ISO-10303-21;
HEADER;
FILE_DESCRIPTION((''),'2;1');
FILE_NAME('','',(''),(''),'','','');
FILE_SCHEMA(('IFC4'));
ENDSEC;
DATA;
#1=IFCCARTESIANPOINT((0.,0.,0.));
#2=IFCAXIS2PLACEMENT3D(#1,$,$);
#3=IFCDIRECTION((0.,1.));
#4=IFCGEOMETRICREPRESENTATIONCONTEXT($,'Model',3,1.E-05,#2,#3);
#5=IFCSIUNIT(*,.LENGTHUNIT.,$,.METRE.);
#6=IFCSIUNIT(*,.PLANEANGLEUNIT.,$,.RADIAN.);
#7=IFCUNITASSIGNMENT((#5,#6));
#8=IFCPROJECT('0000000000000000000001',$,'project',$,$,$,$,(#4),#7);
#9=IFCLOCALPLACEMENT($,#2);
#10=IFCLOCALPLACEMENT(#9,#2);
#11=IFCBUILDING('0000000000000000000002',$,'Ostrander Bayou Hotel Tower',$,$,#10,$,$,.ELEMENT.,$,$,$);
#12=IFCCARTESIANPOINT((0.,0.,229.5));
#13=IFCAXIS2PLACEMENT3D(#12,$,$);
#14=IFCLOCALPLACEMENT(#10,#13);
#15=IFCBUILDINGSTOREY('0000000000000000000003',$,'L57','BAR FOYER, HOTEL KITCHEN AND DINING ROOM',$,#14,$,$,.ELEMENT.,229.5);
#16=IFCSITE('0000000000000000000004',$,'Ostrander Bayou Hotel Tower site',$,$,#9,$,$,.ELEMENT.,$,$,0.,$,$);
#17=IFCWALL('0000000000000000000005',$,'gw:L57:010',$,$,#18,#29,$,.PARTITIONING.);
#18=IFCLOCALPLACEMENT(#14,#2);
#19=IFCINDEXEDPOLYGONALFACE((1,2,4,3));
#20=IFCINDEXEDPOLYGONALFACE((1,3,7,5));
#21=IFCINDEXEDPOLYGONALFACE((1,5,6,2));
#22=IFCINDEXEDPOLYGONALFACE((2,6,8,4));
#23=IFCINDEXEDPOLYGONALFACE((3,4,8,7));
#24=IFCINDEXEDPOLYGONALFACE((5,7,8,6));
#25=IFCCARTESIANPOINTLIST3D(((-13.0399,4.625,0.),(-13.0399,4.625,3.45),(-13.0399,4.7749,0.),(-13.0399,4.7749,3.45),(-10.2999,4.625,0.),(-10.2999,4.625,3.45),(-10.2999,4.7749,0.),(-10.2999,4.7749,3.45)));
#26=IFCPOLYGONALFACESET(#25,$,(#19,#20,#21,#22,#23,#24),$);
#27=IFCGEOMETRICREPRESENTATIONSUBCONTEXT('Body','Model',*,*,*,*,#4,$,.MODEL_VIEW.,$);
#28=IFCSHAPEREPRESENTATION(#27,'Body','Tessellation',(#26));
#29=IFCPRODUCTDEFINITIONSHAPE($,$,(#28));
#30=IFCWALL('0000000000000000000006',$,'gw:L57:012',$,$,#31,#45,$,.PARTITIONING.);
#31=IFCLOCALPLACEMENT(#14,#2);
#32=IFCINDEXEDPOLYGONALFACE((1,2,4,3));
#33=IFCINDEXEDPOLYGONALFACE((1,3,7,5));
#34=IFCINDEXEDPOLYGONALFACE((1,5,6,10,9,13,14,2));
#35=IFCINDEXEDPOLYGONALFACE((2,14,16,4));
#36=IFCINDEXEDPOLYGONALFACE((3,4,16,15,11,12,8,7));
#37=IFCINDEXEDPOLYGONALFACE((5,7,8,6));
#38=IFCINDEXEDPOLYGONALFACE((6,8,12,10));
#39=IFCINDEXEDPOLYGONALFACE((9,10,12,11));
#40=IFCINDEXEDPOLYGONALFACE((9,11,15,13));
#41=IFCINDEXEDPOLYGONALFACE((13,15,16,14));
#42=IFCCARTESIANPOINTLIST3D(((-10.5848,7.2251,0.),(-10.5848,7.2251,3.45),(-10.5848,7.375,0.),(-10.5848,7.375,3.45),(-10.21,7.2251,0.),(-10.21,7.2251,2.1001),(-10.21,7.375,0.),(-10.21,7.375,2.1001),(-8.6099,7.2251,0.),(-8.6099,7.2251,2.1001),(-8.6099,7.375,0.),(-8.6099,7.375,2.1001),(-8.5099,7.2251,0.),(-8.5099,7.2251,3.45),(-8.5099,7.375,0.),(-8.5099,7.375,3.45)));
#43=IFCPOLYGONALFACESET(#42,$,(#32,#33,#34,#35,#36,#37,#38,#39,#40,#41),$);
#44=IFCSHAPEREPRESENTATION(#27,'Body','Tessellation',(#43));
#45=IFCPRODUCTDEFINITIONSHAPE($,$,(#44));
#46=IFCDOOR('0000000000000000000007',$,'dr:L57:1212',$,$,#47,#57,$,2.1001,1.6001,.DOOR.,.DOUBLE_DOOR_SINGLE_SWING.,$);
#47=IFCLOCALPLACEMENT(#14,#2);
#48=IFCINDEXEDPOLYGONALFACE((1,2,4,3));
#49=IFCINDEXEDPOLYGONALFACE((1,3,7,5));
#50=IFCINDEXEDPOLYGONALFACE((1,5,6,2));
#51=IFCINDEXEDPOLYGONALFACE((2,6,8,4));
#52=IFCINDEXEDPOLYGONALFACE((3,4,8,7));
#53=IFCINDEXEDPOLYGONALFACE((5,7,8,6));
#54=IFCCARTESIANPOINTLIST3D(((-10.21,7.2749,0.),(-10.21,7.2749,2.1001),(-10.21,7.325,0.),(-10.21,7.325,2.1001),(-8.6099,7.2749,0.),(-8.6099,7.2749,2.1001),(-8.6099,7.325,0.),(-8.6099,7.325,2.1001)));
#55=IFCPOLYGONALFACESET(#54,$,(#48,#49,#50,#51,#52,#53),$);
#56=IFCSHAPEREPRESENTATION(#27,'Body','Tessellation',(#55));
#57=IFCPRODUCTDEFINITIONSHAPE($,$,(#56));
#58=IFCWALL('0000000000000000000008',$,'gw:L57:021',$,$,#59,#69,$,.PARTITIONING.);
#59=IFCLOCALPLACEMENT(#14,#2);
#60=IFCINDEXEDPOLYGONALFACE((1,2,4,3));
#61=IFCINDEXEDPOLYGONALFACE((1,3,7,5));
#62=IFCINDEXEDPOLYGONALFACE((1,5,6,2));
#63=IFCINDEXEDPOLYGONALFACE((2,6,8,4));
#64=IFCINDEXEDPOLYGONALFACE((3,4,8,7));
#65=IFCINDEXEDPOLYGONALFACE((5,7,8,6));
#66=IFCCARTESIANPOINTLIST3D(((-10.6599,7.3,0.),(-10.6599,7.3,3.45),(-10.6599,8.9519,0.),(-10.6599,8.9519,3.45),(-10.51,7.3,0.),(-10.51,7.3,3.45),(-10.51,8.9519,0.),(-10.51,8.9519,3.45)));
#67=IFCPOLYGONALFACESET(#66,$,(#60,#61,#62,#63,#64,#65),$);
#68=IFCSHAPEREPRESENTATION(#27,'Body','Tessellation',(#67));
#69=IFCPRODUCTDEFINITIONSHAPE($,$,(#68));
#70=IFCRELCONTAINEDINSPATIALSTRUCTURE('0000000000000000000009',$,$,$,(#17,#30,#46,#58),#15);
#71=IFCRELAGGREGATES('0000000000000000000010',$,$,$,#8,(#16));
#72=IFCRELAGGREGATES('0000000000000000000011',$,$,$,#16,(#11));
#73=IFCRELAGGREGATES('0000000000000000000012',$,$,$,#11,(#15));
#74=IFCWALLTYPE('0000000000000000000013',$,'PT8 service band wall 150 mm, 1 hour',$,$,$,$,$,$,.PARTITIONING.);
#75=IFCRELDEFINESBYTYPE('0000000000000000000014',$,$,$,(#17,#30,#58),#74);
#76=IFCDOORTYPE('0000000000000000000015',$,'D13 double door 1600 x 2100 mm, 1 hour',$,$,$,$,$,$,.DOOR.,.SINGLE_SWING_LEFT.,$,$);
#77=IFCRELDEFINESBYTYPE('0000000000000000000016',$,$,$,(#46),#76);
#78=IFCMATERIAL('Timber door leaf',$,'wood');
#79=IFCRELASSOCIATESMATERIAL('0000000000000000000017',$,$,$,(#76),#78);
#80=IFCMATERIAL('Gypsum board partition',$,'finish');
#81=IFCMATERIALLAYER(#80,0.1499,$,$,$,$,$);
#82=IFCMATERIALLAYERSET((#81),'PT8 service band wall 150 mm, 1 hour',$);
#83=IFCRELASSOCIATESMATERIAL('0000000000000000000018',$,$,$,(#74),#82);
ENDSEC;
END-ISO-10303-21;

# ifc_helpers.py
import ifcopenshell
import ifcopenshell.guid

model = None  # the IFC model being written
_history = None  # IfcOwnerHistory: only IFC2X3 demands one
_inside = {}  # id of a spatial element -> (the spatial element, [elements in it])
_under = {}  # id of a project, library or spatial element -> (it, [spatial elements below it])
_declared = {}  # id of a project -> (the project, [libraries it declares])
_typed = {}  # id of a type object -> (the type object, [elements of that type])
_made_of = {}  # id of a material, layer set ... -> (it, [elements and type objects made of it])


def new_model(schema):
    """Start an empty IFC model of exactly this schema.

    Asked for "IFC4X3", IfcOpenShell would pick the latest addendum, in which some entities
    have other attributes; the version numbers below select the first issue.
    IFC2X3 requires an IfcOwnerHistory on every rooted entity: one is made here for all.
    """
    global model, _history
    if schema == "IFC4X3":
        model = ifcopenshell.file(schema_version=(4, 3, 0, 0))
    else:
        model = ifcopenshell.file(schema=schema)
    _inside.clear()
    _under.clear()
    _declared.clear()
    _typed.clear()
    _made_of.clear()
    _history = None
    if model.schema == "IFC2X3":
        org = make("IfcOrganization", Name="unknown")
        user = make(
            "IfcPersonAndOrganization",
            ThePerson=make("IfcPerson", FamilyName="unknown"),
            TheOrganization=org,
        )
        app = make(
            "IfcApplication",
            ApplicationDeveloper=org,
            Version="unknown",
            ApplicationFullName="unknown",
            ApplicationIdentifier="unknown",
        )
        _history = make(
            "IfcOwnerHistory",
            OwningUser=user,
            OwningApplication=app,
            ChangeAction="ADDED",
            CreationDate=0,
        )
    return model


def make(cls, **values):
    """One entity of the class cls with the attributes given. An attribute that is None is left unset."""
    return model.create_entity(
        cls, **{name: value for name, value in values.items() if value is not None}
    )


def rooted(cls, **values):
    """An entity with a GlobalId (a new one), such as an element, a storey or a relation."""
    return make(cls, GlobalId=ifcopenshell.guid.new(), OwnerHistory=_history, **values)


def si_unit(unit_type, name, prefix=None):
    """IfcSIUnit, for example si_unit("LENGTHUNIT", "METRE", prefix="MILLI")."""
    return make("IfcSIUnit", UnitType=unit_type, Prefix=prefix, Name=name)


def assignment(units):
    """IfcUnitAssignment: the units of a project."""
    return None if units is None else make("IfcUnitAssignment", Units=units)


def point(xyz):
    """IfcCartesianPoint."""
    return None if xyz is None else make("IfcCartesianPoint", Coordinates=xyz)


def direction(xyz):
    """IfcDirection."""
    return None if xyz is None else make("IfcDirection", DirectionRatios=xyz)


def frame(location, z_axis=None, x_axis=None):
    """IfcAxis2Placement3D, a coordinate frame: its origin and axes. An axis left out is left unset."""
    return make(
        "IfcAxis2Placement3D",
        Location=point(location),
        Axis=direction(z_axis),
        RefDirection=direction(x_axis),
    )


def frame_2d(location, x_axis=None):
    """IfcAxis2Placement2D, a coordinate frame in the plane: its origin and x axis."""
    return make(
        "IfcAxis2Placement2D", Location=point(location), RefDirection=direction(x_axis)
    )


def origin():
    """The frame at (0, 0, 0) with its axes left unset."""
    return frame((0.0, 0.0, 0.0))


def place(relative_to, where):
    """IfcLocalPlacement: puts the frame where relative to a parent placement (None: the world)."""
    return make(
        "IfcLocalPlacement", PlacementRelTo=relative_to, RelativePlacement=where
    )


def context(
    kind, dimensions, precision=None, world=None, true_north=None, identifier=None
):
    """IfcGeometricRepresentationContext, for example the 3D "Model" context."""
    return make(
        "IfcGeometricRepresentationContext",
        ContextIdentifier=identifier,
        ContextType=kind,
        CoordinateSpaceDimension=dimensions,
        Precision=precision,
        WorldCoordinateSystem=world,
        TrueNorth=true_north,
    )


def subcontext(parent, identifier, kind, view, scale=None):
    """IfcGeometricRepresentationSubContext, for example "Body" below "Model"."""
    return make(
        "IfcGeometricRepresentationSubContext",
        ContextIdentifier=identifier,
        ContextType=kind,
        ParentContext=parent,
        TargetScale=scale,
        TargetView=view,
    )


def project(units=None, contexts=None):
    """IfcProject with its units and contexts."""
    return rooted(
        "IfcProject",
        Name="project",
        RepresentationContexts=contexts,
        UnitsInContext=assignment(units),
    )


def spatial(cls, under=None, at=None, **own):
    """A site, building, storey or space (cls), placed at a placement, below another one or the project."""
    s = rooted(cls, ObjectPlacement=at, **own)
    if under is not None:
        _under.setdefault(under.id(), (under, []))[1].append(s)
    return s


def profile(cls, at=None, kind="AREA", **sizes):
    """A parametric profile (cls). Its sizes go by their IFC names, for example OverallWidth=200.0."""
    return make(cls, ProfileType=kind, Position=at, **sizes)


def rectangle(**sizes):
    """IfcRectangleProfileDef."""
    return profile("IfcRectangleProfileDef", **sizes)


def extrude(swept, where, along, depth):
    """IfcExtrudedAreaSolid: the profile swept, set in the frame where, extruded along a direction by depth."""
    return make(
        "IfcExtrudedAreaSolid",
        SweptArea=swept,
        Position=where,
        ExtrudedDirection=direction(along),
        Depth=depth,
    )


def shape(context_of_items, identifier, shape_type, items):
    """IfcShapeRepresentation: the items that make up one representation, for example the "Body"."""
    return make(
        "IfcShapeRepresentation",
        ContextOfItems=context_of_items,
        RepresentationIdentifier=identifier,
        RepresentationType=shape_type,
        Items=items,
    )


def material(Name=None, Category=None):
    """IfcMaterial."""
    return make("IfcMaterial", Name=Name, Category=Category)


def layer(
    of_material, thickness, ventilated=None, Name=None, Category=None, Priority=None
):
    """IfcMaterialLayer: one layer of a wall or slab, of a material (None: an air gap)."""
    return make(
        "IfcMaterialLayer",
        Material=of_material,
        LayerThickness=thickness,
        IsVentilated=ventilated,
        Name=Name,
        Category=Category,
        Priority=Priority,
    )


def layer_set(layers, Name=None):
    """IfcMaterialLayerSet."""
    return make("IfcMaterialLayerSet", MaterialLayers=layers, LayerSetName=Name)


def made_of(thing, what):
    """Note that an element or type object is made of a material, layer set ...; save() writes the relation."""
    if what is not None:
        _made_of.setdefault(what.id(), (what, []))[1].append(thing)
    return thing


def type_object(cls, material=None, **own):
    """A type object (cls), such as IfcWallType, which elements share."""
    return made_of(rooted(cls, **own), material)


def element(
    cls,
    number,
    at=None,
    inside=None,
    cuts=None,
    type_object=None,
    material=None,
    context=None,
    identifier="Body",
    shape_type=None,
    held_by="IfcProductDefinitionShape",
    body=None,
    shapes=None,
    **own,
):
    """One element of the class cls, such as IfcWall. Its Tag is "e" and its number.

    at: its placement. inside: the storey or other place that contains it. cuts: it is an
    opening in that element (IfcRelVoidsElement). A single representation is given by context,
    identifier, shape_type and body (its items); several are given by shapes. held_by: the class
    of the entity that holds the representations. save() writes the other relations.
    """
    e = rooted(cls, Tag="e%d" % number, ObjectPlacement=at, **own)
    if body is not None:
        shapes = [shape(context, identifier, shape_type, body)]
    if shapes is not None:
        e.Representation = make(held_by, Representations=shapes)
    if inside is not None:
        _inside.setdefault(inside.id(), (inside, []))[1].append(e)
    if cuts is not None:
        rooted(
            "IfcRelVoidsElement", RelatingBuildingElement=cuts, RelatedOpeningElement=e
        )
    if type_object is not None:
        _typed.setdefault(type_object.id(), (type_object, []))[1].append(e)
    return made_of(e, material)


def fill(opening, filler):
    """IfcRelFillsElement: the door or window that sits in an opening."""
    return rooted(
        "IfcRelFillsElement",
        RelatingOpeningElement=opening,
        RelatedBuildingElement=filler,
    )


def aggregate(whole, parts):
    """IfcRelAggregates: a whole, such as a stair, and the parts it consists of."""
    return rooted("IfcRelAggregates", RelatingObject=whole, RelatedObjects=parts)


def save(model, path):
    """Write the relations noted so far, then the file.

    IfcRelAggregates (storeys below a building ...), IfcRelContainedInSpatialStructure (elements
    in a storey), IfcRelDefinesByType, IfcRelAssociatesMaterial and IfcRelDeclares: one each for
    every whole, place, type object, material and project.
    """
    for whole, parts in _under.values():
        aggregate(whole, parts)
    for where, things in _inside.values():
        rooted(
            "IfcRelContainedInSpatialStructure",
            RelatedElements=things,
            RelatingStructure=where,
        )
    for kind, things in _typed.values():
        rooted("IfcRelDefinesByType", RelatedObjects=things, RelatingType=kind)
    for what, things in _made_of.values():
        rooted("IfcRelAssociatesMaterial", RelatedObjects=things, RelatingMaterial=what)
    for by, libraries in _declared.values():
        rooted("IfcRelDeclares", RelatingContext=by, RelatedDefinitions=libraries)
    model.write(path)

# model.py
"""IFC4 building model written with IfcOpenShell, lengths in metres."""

from ifc_helpers import new_model, si_unit, direction, frame, frame_2d, origin, place, context, subcontext, project, spatial, rectangle, extrude, material, layer, layer_set, type_object, element, fill, save


model = new_model("IFC4")

# Units and contexts
model_context = context("Model", 3, precision=1e-05, world=origin(), true_north=direction((0.0, 1.0)))
body_context = subcontext(model_context, "Body", "Model", "MODEL_VIEW")
ifc_project = project(units=[si_unit("LENGTHUNIT", "METRE"), si_unit("PLANEANGLEUNIT", "RADIAN")], contexts=[model_context])

# Site, building, storey
site_placement = place(None, origin())
site = spatial("IfcSite", under=ifc_project, at=site_placement, Name="Ostrander Bayou Hotel Tower site", CompositionType="ELEMENT", RefElevation=0.0)
building_placement = place(site_placement, origin())
building = spatial("IfcBuilding", under=site, at=building_placement, Name="Ostrander Bayou Hotel Tower", CompositionType="ELEMENT")
storey_placement = place(building_placement, frame((0.0, 0.0, 229.5)))
storey = spatial("IfcBuildingStorey", under=building, at=storey_placement, Name="L57", Description="BAR FOYER, HOTEL KITCHEN AND DINING ROOM", CompositionType="ELEMENT", Elevation=229.5)

# Shared definitions
ifc_material_1 = material(Name="Timber door leaf", Category="wood")
door_type_1 = type_object("IfcDoorType", Name="D13 double door 1600 x 2100 mm, 1 hour", OperationType="SINGLE_SWING_LEFT", PredefinedType="DOOR", material=ifc_material_1)

# Wall
ifc_material_2 = material(Name="Gypsum board partition", Category="finish")
ifc_layer_1 = layer(ifc_material_2, 0.1499)
ifc_layer_set_1 = layer_set([ifc_layer_1], Name="PT8 service band wall 150 mm, 1 hour")
wall_type_1 = type_object("IfcWallType", Name="PT8 service band wall 150 mm, 1 hour", PredefinedType="PARTITIONING", material=ifc_layer_set_1)
wall_1_placement = place(storey_placement, frame((-13.04, 4.7, 0.0), z_axis=(0.0, 0.0, 1.0), x_axis=(1.0, 0.0, 0.0)))
element("IfcWall", 1, at=wall_1_placement, inside=storey, type_object=wall_type_1, Name="gw:L57:010", PredefinedType="PARTITIONING", context=body_context, shape_type="SweptSolid", body=[
    extrude(rectangle(XDim=2.74, YDim=0.1499, at=frame_2d((1.3701, 0.0))), origin(), (0.0, 0.0, 1.0), 3.45),
])

# Wall, opening, door
wall_2_placement = place(storey_placement, frame((-10.585, 7.3, 0.0), z_axis=(0.0, 0.0, 1.0), x_axis=(1.0, 0.0, 0.0)))
wall_2 = element("IfcWall", 2, at=wall_2_placement, inside=storey, type_object=wall_type_1, Name="gw:L57:012", PredefinedType="PARTITIONING", context=body_context, shape_type="SweptSolid", body=[
    extrude(rectangle(XDim=2.075, YDim=0.1499, at=frame_2d((1.0376, 0.0))), origin(), (0.0, 0.0, 1.0), 3.45),
])
opening_1_placement = place(wall_2_placement, frame((0.375, 0.0, 0.0)))
opening_1 = element("IfcOpeningElement", 3, at=opening_1_placement, cuts=wall_2, PredefinedType="OPENING", context=body_context, shape_type="SweptSolid", body=[
    extrude(rectangle(XDim=1.6001, YDim=2.1001, at=frame_2d((0.8, 1.05))), frame((0.0, 0.075, 0.0), z_axis=(0.0, -1.0, 0.0), x_axis=(1.0, 0.0, 0.0)), (0.0, 0.0, 1.0), 0.1499),
])
door_1_placement = place(opening_1_placement, origin())
door_1 = element("IfcDoor", 4, at=door_1_placement, inside=storey, type_object=door_type_1, Name="dr:L57:1212", OperationType="DOUBLE_DOOR_SINGLE_SWING", OverallHeight=2.1001, OverallWidth=1.6001, PredefinedType="DOOR", context=body_context, shape_type="SweptSolid", body=[
    extrude(rectangle(XDim=1.6001, YDim=2.1001, at=frame_2d((0.8, 1.05))), frame((0.0, 0.0249, 0.0), z_axis=(0.0, -1.0, 0.0), x_axis=(1.0, 0.0, 0.0)), (0.0, 0.0, 1.0), 0.05),
])
fill(opening_1, door_1)

# Wall
wall_3_placement = place(storey_placement, frame((-10.585, 7.3, 0.0), z_axis=(0.0, 0.0, 1.0), x_axis=(0.0, 1.0, 0.0)))
element("IfcWall", 5, at=wall_3_placement, inside=storey, type_object=wall_type_1, Name="gw:L57:021", PredefinedType="PARTITIONING", context=body_context, shape_type="SweptSolid", body=[
    extrude(rectangle(XDim=1.6519, YDim=0.1499, at=frame_2d((0.8259, 0.0))), origin(), (0.0, 0.0, 1.0), 3.45),
])

save(model, "model.ifc")
